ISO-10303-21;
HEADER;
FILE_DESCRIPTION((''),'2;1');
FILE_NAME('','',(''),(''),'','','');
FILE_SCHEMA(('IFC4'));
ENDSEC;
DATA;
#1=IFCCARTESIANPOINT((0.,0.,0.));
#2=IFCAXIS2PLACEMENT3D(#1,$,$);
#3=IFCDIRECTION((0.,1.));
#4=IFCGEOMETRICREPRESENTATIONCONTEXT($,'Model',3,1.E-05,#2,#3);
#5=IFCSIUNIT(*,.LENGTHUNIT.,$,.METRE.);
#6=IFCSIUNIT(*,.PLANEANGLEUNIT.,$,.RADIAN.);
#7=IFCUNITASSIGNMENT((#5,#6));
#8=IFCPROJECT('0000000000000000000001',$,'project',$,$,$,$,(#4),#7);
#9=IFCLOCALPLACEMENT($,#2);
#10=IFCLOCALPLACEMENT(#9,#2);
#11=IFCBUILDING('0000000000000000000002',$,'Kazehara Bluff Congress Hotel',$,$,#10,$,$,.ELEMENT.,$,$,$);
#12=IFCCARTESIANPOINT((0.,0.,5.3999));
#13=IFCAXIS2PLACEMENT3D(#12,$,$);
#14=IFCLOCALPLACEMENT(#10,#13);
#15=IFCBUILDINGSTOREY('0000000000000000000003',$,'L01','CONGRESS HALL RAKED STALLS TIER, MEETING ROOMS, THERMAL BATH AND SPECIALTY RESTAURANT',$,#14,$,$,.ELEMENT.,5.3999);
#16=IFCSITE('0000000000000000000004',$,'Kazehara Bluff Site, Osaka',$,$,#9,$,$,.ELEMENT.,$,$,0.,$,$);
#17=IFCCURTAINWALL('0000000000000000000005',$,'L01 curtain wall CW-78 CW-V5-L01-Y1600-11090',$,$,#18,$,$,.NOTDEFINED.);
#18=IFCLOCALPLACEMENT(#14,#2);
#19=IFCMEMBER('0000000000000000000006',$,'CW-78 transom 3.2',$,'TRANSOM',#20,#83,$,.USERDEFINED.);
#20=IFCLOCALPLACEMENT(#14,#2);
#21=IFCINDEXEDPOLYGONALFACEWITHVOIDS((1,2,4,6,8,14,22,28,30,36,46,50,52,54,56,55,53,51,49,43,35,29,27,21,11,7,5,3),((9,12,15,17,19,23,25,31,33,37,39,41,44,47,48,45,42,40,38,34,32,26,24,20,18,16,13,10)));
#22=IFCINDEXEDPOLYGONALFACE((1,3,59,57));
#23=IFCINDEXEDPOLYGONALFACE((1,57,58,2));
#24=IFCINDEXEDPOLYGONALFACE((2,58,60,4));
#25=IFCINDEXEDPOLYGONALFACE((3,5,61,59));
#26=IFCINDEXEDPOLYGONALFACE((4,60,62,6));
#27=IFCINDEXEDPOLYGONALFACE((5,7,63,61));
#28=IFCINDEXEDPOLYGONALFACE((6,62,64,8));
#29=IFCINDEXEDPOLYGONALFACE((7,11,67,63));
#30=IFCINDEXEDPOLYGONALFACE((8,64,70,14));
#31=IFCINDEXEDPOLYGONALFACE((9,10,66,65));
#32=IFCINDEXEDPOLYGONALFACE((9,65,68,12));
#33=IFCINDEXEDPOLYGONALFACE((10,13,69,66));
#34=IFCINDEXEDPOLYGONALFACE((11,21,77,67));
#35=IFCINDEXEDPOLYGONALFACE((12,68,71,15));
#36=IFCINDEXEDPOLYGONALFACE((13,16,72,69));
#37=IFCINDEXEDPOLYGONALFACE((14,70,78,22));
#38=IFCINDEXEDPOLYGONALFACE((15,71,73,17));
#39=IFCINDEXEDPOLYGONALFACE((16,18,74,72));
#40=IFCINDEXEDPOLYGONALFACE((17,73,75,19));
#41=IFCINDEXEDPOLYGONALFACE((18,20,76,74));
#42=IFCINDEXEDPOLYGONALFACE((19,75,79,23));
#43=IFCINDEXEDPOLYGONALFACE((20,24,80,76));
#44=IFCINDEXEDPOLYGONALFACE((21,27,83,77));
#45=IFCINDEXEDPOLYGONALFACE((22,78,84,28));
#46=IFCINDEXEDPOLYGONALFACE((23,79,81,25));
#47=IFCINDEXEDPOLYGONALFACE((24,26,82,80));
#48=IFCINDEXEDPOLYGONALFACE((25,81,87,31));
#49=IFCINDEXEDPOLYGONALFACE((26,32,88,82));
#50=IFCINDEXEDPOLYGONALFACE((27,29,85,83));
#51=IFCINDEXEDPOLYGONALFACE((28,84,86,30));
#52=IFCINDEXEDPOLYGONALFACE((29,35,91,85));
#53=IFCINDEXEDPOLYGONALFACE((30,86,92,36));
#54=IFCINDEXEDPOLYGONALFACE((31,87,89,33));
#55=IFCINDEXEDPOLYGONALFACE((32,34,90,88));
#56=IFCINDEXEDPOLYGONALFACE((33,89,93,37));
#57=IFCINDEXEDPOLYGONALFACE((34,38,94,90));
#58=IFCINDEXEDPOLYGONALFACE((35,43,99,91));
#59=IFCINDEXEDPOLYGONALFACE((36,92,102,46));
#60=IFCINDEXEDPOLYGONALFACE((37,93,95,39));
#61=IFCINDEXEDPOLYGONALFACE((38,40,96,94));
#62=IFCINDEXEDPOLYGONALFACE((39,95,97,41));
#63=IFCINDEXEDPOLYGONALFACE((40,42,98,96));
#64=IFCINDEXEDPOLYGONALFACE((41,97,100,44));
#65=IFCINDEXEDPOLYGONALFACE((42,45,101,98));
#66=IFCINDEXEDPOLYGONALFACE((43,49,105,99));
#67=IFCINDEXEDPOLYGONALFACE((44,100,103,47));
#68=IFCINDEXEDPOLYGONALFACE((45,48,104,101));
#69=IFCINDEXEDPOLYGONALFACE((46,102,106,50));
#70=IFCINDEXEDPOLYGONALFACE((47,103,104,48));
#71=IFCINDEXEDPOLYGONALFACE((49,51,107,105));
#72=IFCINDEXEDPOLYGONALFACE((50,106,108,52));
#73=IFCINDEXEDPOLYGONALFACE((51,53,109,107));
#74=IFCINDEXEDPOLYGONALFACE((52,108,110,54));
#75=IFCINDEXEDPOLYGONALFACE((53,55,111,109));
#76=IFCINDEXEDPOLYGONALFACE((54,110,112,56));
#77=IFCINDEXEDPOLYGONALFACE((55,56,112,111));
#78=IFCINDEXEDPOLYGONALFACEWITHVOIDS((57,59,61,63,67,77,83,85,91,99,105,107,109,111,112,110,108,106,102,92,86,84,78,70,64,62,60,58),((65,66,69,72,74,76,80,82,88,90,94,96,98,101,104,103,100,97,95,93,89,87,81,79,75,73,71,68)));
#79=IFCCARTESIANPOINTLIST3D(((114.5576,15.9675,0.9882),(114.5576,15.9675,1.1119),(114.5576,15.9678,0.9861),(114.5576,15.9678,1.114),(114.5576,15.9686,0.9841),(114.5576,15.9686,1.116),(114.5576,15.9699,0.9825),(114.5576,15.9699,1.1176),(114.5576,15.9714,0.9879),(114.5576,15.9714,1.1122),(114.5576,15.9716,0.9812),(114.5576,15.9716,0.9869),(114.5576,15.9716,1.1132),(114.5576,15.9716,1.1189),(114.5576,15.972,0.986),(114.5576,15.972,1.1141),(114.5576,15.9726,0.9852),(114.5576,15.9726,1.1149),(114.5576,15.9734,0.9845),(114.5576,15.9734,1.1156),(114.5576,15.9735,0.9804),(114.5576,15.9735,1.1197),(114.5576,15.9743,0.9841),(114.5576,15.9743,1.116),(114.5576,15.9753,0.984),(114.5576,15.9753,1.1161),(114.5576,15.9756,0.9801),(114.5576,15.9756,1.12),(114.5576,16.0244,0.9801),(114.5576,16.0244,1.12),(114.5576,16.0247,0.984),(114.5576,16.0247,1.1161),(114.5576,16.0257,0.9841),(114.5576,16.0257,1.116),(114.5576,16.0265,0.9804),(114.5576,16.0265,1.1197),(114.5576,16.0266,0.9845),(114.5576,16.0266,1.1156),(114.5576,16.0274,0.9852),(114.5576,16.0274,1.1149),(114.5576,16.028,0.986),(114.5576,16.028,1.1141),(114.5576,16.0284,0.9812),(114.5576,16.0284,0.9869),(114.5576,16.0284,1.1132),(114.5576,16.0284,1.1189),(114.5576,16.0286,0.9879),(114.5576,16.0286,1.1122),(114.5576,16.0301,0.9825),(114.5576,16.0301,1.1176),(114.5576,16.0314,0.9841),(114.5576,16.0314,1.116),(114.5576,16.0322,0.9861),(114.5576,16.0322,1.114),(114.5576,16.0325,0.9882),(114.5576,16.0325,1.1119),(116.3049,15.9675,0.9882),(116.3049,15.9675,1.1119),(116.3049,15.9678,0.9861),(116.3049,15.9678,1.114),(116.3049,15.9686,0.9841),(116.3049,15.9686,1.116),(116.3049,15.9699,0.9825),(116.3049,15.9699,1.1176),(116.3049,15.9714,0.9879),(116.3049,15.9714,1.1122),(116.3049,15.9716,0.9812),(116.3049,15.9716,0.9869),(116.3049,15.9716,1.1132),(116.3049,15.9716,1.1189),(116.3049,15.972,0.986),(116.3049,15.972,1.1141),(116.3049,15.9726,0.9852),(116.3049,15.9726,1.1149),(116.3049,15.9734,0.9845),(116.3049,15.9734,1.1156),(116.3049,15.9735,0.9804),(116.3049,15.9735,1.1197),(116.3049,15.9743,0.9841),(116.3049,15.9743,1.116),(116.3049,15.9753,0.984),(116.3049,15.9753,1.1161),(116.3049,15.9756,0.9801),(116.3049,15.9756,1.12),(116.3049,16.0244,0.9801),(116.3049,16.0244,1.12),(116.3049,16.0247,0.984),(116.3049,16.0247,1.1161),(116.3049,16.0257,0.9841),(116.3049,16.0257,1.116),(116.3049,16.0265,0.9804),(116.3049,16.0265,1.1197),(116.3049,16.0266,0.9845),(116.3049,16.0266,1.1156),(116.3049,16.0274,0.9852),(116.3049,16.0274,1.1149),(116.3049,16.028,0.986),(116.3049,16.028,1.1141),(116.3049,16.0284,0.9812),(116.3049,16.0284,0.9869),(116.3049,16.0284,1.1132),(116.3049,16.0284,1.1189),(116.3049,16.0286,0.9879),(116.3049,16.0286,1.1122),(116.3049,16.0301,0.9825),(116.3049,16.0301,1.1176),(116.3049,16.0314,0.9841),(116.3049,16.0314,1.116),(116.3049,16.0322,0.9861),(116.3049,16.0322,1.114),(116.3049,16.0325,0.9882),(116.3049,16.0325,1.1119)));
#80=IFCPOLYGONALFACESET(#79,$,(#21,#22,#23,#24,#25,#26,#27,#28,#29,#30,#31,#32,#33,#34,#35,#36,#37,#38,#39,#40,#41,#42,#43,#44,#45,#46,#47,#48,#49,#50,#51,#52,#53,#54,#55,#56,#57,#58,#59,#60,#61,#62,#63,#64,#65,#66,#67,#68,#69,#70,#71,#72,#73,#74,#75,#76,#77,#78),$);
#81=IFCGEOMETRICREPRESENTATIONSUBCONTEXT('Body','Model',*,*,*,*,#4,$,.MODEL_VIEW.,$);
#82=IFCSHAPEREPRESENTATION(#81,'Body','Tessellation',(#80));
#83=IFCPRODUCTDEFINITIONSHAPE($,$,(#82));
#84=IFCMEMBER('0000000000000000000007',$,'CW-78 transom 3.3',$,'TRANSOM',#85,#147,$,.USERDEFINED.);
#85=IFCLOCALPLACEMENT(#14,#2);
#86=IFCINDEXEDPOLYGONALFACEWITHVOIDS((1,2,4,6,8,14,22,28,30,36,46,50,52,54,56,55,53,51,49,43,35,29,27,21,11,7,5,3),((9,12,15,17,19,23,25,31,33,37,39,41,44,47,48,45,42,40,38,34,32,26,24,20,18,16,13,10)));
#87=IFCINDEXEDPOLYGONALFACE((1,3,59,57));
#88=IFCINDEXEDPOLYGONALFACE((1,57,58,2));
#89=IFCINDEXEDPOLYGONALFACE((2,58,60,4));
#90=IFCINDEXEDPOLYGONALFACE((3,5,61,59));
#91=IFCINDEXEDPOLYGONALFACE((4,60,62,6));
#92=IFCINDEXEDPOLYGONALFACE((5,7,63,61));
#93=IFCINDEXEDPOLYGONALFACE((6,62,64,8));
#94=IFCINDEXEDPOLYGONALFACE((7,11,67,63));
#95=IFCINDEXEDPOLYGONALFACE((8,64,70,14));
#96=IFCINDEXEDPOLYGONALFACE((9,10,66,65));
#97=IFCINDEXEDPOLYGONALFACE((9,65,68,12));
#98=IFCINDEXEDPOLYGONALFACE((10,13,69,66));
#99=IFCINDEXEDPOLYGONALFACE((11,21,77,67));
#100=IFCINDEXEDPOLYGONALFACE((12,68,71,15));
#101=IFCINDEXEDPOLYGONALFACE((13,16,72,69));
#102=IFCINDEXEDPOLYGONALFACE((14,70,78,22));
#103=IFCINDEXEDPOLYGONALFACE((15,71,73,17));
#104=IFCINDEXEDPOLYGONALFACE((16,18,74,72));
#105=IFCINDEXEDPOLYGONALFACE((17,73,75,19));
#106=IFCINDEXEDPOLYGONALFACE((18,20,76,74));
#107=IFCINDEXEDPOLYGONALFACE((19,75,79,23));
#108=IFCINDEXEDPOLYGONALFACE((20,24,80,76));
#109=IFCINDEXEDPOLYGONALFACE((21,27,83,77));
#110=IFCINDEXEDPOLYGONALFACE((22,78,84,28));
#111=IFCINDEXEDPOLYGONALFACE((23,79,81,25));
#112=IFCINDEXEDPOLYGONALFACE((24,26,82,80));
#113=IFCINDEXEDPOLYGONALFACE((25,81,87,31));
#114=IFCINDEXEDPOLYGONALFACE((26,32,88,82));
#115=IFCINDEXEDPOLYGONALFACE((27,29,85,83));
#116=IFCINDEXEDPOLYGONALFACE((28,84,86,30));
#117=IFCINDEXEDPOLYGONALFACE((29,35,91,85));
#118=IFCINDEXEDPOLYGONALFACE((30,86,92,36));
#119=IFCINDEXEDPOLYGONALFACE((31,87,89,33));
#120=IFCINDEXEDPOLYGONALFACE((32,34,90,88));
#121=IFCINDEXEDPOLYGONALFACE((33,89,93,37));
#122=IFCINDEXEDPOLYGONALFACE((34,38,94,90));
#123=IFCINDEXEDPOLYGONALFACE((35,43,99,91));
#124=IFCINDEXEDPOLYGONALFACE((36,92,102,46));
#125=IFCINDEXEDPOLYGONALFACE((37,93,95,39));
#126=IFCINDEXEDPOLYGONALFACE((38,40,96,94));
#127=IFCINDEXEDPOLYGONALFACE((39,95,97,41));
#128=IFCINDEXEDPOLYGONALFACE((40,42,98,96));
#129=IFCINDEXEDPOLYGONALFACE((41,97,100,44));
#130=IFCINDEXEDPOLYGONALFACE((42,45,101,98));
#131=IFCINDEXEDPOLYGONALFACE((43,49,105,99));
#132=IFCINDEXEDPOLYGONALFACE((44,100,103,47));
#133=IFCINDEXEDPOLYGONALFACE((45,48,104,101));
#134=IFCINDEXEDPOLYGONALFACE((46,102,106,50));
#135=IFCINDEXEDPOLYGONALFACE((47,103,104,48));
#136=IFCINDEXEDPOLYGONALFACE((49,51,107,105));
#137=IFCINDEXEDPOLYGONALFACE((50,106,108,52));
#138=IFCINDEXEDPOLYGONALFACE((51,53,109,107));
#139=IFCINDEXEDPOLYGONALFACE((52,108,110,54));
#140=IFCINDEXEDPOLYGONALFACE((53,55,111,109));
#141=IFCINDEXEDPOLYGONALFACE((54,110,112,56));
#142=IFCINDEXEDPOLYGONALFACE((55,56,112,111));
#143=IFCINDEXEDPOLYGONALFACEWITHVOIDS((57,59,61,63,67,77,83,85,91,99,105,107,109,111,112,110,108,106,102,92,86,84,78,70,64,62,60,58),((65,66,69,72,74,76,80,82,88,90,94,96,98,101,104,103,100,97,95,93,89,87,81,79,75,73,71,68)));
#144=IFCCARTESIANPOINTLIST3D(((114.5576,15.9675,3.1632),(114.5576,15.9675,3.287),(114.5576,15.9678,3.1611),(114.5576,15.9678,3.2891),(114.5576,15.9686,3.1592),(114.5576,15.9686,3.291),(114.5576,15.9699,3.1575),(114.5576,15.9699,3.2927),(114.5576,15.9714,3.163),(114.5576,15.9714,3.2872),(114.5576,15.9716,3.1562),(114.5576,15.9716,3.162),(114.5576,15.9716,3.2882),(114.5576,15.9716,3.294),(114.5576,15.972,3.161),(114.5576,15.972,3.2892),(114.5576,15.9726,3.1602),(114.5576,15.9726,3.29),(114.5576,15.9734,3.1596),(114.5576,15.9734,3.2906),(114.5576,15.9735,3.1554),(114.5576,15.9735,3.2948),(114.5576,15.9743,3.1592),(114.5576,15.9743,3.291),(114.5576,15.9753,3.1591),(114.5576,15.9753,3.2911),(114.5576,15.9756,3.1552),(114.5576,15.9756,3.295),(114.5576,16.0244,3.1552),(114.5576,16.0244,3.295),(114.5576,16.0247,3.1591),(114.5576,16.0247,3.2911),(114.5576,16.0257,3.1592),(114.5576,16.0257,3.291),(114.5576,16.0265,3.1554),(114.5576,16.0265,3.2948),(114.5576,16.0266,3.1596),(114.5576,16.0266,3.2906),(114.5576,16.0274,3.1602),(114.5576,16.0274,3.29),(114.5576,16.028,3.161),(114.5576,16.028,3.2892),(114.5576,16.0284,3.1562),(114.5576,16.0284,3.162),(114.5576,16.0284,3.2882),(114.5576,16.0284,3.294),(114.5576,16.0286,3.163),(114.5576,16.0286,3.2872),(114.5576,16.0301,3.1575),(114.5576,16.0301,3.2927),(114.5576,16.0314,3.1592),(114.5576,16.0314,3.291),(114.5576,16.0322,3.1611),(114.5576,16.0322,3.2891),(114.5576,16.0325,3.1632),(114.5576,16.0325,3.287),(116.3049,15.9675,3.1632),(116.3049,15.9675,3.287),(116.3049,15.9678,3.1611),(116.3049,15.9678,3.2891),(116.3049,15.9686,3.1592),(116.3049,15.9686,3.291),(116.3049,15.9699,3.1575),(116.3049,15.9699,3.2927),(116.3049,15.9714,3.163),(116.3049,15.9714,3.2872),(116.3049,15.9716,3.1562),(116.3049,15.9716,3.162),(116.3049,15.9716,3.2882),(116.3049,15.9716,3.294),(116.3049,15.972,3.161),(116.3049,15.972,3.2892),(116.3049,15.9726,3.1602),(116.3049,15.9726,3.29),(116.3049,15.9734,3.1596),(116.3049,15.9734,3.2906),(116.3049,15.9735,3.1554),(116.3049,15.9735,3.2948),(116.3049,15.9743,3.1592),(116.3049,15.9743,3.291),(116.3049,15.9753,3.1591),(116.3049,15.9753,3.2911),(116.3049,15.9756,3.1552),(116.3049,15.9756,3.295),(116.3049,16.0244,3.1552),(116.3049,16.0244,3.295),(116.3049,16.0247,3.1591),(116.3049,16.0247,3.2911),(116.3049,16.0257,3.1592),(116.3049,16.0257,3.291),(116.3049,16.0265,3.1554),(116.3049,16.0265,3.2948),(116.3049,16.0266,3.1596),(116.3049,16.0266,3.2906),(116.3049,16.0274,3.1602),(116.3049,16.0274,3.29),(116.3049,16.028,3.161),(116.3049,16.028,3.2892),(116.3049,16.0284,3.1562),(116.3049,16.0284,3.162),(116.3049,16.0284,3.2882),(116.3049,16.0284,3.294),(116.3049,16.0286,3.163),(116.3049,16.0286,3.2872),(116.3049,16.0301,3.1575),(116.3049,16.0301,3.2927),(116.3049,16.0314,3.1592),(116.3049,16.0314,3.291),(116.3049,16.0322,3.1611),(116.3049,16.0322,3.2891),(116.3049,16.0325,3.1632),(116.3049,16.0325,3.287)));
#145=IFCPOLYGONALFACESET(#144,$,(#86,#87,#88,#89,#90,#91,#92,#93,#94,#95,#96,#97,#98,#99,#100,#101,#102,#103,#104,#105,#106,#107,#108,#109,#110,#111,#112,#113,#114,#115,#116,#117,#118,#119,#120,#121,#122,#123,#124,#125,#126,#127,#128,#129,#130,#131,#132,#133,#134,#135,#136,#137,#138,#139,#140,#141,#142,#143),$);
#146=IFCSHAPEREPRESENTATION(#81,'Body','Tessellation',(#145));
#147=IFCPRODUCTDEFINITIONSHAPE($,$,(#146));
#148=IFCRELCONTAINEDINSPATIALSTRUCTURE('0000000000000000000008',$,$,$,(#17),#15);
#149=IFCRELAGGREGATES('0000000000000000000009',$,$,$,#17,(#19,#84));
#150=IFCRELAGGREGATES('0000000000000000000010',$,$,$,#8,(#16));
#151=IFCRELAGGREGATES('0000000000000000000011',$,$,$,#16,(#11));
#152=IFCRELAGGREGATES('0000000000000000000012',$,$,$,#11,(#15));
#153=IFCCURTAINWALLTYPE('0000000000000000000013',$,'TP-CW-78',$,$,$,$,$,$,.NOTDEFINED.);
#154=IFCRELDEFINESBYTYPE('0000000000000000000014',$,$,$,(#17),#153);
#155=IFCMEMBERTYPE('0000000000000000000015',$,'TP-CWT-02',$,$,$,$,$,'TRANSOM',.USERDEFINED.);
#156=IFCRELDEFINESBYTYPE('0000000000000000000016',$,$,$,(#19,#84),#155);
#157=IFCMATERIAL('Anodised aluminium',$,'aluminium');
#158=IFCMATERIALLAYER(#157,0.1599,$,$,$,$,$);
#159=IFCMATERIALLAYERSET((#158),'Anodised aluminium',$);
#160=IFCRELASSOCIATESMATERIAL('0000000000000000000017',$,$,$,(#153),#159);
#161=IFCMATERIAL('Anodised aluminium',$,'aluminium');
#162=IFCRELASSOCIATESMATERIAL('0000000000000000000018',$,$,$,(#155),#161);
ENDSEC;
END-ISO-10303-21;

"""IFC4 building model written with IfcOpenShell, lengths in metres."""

from ifc_helpers import new_model, si_unit, direction, frame, origin, origin_2d, place, context, subcontext, project, spatial, hollow_rectangle, extrude, material, layer, layer_set, material_profile, profile_set, type_object, element, aggregate, save


model = new_model("IFC4")

# Units and contexts
model_context = context("Model", 3, precision=1e-05, world=origin(), true_north=direction((0.0, 1.0)))
body_context = subcontext(model_context, "Body", "Model", "MODEL_VIEW")
ifc_project = project(units=[si_unit("LENGTHUNIT", "METRE"), si_unit("PLANEANGLEUNIT", "RADIAN")], contexts=[model_context])

# Site, building, storey
site_placement = place(None, origin())
site = spatial("IfcSite", under=ifc_project, at=site_placement, Name="Kazehara Bluff Site, Osaka", CompositionType="ELEMENT", RefElevation=0.0)
building_placement = place(site_placement, origin())
building = spatial("IfcBuilding", under=site, at=building_placement, Name="Kazehara Bluff Congress Hotel", CompositionType="ELEMENT")
storey_placement = place(building_placement, frame((0.0, 0.0, 5.3999)))
storey = spatial("IfcBuildingStorey", under=building, at=storey_placement, Name="L01", Description="CONGRESS HALL RAKED STALLS TIER, MEETING ROOMS, THERMAL BATH AND SPECIALTY RESTAURANT", CompositionType="ELEMENT", Elevation=5.3999)

# Curtain wall, members
ifc_material_1 = material(Name="Anodised aluminium", Category="aluminium")
ifc_layer_1 = layer(ifc_material_1, 0.1599)
ifc_layer_set_1 = layer_set([ifc_layer_1], Name="Anodised aluminium")
curtain_wall_type = type_object("IfcCurtainWallType", Name="TP-CW-78", PredefinedType="NOTDEFINED", material=ifc_layer_set_1)
curtain_wall_placement = place(storey_placement, origin())
curtain_wall = element("IfcCurtainWall", 1, at=curtain_wall_placement, inside=storey, type_object=curtain_wall_type, Name="L01 curtain wall CW-78 CW-V5-L01-Y1600-11090", PredefinedType="NOTDEFINED")
ifc_material_2 = material(Name="Anodised aluminium", Category="aluminium")
ifc_material_profile_1 = material_profile(ifc_material_2, hollow_rectangle(XDim=0.0649, YDim=0.1399, WallThickness=0.0039, InnerFilletRadius=0.0039, OuterFilletRadius=0.0081, at=origin_2d()))
ifc_profile_set_1 = profile_set([ifc_material_profile_1], Name="Anodised aluminium")
member_type_1 = type_object("IfcMemberType", Name="TP-CWT-02", ElementType="TRANSOM", PredefinedType="USERDEFINED", material=ifc_profile_set_1)
member_1_placement = place(storey_placement, frame((114.5576, 16.0, 1.05), z_axis=(1.0, 0.0, 0.0), x_axis=(0.0, 1.0, 0.0)))
member_1 = element("IfcMember", 2, at=member_1_placement, type_object=member_type_1, Name="CW-78 transom 3.2", ObjectType="TRANSOM", PredefinedType="USERDEFINED", context=body_context, shape_type="SweptSolid", body=[
    extrude(hollow_rectangle(XDim=0.0649, YDim=0.1399, WallThickness=0.0039, InnerFilletRadius=0.0039, OuterFilletRadius=0.0081, at=origin_2d()), origin(), (0.0, 0.0, 1.0), 1.7473),
])
member_2_placement = place(storey_placement, frame((114.5576, 16.0, 3.2251), z_axis=(1.0, 0.0, 0.0), x_axis=(0.0, 1.0, 0.0)))
member_2 = element("IfcMember", 3, at=member_2_placement, type_object=member_type_1, Name="CW-78 transom 3.3", ObjectType="TRANSOM", PredefinedType="USERDEFINED", context=body_context, shape_type="SweptSolid", body=[
    extrude(hollow_rectangle(XDim=0.0649, YDim=0.1399, WallThickness=0.0039, InnerFilletRadius=0.0039, OuterFilletRadius=0.0081, at=origin_2d()), origin(), (0.0, 0.0, 1.0), 1.7473),
])

aggregate(curtain_wall, [member_1, member_2])

save(model, "model.ifc")
